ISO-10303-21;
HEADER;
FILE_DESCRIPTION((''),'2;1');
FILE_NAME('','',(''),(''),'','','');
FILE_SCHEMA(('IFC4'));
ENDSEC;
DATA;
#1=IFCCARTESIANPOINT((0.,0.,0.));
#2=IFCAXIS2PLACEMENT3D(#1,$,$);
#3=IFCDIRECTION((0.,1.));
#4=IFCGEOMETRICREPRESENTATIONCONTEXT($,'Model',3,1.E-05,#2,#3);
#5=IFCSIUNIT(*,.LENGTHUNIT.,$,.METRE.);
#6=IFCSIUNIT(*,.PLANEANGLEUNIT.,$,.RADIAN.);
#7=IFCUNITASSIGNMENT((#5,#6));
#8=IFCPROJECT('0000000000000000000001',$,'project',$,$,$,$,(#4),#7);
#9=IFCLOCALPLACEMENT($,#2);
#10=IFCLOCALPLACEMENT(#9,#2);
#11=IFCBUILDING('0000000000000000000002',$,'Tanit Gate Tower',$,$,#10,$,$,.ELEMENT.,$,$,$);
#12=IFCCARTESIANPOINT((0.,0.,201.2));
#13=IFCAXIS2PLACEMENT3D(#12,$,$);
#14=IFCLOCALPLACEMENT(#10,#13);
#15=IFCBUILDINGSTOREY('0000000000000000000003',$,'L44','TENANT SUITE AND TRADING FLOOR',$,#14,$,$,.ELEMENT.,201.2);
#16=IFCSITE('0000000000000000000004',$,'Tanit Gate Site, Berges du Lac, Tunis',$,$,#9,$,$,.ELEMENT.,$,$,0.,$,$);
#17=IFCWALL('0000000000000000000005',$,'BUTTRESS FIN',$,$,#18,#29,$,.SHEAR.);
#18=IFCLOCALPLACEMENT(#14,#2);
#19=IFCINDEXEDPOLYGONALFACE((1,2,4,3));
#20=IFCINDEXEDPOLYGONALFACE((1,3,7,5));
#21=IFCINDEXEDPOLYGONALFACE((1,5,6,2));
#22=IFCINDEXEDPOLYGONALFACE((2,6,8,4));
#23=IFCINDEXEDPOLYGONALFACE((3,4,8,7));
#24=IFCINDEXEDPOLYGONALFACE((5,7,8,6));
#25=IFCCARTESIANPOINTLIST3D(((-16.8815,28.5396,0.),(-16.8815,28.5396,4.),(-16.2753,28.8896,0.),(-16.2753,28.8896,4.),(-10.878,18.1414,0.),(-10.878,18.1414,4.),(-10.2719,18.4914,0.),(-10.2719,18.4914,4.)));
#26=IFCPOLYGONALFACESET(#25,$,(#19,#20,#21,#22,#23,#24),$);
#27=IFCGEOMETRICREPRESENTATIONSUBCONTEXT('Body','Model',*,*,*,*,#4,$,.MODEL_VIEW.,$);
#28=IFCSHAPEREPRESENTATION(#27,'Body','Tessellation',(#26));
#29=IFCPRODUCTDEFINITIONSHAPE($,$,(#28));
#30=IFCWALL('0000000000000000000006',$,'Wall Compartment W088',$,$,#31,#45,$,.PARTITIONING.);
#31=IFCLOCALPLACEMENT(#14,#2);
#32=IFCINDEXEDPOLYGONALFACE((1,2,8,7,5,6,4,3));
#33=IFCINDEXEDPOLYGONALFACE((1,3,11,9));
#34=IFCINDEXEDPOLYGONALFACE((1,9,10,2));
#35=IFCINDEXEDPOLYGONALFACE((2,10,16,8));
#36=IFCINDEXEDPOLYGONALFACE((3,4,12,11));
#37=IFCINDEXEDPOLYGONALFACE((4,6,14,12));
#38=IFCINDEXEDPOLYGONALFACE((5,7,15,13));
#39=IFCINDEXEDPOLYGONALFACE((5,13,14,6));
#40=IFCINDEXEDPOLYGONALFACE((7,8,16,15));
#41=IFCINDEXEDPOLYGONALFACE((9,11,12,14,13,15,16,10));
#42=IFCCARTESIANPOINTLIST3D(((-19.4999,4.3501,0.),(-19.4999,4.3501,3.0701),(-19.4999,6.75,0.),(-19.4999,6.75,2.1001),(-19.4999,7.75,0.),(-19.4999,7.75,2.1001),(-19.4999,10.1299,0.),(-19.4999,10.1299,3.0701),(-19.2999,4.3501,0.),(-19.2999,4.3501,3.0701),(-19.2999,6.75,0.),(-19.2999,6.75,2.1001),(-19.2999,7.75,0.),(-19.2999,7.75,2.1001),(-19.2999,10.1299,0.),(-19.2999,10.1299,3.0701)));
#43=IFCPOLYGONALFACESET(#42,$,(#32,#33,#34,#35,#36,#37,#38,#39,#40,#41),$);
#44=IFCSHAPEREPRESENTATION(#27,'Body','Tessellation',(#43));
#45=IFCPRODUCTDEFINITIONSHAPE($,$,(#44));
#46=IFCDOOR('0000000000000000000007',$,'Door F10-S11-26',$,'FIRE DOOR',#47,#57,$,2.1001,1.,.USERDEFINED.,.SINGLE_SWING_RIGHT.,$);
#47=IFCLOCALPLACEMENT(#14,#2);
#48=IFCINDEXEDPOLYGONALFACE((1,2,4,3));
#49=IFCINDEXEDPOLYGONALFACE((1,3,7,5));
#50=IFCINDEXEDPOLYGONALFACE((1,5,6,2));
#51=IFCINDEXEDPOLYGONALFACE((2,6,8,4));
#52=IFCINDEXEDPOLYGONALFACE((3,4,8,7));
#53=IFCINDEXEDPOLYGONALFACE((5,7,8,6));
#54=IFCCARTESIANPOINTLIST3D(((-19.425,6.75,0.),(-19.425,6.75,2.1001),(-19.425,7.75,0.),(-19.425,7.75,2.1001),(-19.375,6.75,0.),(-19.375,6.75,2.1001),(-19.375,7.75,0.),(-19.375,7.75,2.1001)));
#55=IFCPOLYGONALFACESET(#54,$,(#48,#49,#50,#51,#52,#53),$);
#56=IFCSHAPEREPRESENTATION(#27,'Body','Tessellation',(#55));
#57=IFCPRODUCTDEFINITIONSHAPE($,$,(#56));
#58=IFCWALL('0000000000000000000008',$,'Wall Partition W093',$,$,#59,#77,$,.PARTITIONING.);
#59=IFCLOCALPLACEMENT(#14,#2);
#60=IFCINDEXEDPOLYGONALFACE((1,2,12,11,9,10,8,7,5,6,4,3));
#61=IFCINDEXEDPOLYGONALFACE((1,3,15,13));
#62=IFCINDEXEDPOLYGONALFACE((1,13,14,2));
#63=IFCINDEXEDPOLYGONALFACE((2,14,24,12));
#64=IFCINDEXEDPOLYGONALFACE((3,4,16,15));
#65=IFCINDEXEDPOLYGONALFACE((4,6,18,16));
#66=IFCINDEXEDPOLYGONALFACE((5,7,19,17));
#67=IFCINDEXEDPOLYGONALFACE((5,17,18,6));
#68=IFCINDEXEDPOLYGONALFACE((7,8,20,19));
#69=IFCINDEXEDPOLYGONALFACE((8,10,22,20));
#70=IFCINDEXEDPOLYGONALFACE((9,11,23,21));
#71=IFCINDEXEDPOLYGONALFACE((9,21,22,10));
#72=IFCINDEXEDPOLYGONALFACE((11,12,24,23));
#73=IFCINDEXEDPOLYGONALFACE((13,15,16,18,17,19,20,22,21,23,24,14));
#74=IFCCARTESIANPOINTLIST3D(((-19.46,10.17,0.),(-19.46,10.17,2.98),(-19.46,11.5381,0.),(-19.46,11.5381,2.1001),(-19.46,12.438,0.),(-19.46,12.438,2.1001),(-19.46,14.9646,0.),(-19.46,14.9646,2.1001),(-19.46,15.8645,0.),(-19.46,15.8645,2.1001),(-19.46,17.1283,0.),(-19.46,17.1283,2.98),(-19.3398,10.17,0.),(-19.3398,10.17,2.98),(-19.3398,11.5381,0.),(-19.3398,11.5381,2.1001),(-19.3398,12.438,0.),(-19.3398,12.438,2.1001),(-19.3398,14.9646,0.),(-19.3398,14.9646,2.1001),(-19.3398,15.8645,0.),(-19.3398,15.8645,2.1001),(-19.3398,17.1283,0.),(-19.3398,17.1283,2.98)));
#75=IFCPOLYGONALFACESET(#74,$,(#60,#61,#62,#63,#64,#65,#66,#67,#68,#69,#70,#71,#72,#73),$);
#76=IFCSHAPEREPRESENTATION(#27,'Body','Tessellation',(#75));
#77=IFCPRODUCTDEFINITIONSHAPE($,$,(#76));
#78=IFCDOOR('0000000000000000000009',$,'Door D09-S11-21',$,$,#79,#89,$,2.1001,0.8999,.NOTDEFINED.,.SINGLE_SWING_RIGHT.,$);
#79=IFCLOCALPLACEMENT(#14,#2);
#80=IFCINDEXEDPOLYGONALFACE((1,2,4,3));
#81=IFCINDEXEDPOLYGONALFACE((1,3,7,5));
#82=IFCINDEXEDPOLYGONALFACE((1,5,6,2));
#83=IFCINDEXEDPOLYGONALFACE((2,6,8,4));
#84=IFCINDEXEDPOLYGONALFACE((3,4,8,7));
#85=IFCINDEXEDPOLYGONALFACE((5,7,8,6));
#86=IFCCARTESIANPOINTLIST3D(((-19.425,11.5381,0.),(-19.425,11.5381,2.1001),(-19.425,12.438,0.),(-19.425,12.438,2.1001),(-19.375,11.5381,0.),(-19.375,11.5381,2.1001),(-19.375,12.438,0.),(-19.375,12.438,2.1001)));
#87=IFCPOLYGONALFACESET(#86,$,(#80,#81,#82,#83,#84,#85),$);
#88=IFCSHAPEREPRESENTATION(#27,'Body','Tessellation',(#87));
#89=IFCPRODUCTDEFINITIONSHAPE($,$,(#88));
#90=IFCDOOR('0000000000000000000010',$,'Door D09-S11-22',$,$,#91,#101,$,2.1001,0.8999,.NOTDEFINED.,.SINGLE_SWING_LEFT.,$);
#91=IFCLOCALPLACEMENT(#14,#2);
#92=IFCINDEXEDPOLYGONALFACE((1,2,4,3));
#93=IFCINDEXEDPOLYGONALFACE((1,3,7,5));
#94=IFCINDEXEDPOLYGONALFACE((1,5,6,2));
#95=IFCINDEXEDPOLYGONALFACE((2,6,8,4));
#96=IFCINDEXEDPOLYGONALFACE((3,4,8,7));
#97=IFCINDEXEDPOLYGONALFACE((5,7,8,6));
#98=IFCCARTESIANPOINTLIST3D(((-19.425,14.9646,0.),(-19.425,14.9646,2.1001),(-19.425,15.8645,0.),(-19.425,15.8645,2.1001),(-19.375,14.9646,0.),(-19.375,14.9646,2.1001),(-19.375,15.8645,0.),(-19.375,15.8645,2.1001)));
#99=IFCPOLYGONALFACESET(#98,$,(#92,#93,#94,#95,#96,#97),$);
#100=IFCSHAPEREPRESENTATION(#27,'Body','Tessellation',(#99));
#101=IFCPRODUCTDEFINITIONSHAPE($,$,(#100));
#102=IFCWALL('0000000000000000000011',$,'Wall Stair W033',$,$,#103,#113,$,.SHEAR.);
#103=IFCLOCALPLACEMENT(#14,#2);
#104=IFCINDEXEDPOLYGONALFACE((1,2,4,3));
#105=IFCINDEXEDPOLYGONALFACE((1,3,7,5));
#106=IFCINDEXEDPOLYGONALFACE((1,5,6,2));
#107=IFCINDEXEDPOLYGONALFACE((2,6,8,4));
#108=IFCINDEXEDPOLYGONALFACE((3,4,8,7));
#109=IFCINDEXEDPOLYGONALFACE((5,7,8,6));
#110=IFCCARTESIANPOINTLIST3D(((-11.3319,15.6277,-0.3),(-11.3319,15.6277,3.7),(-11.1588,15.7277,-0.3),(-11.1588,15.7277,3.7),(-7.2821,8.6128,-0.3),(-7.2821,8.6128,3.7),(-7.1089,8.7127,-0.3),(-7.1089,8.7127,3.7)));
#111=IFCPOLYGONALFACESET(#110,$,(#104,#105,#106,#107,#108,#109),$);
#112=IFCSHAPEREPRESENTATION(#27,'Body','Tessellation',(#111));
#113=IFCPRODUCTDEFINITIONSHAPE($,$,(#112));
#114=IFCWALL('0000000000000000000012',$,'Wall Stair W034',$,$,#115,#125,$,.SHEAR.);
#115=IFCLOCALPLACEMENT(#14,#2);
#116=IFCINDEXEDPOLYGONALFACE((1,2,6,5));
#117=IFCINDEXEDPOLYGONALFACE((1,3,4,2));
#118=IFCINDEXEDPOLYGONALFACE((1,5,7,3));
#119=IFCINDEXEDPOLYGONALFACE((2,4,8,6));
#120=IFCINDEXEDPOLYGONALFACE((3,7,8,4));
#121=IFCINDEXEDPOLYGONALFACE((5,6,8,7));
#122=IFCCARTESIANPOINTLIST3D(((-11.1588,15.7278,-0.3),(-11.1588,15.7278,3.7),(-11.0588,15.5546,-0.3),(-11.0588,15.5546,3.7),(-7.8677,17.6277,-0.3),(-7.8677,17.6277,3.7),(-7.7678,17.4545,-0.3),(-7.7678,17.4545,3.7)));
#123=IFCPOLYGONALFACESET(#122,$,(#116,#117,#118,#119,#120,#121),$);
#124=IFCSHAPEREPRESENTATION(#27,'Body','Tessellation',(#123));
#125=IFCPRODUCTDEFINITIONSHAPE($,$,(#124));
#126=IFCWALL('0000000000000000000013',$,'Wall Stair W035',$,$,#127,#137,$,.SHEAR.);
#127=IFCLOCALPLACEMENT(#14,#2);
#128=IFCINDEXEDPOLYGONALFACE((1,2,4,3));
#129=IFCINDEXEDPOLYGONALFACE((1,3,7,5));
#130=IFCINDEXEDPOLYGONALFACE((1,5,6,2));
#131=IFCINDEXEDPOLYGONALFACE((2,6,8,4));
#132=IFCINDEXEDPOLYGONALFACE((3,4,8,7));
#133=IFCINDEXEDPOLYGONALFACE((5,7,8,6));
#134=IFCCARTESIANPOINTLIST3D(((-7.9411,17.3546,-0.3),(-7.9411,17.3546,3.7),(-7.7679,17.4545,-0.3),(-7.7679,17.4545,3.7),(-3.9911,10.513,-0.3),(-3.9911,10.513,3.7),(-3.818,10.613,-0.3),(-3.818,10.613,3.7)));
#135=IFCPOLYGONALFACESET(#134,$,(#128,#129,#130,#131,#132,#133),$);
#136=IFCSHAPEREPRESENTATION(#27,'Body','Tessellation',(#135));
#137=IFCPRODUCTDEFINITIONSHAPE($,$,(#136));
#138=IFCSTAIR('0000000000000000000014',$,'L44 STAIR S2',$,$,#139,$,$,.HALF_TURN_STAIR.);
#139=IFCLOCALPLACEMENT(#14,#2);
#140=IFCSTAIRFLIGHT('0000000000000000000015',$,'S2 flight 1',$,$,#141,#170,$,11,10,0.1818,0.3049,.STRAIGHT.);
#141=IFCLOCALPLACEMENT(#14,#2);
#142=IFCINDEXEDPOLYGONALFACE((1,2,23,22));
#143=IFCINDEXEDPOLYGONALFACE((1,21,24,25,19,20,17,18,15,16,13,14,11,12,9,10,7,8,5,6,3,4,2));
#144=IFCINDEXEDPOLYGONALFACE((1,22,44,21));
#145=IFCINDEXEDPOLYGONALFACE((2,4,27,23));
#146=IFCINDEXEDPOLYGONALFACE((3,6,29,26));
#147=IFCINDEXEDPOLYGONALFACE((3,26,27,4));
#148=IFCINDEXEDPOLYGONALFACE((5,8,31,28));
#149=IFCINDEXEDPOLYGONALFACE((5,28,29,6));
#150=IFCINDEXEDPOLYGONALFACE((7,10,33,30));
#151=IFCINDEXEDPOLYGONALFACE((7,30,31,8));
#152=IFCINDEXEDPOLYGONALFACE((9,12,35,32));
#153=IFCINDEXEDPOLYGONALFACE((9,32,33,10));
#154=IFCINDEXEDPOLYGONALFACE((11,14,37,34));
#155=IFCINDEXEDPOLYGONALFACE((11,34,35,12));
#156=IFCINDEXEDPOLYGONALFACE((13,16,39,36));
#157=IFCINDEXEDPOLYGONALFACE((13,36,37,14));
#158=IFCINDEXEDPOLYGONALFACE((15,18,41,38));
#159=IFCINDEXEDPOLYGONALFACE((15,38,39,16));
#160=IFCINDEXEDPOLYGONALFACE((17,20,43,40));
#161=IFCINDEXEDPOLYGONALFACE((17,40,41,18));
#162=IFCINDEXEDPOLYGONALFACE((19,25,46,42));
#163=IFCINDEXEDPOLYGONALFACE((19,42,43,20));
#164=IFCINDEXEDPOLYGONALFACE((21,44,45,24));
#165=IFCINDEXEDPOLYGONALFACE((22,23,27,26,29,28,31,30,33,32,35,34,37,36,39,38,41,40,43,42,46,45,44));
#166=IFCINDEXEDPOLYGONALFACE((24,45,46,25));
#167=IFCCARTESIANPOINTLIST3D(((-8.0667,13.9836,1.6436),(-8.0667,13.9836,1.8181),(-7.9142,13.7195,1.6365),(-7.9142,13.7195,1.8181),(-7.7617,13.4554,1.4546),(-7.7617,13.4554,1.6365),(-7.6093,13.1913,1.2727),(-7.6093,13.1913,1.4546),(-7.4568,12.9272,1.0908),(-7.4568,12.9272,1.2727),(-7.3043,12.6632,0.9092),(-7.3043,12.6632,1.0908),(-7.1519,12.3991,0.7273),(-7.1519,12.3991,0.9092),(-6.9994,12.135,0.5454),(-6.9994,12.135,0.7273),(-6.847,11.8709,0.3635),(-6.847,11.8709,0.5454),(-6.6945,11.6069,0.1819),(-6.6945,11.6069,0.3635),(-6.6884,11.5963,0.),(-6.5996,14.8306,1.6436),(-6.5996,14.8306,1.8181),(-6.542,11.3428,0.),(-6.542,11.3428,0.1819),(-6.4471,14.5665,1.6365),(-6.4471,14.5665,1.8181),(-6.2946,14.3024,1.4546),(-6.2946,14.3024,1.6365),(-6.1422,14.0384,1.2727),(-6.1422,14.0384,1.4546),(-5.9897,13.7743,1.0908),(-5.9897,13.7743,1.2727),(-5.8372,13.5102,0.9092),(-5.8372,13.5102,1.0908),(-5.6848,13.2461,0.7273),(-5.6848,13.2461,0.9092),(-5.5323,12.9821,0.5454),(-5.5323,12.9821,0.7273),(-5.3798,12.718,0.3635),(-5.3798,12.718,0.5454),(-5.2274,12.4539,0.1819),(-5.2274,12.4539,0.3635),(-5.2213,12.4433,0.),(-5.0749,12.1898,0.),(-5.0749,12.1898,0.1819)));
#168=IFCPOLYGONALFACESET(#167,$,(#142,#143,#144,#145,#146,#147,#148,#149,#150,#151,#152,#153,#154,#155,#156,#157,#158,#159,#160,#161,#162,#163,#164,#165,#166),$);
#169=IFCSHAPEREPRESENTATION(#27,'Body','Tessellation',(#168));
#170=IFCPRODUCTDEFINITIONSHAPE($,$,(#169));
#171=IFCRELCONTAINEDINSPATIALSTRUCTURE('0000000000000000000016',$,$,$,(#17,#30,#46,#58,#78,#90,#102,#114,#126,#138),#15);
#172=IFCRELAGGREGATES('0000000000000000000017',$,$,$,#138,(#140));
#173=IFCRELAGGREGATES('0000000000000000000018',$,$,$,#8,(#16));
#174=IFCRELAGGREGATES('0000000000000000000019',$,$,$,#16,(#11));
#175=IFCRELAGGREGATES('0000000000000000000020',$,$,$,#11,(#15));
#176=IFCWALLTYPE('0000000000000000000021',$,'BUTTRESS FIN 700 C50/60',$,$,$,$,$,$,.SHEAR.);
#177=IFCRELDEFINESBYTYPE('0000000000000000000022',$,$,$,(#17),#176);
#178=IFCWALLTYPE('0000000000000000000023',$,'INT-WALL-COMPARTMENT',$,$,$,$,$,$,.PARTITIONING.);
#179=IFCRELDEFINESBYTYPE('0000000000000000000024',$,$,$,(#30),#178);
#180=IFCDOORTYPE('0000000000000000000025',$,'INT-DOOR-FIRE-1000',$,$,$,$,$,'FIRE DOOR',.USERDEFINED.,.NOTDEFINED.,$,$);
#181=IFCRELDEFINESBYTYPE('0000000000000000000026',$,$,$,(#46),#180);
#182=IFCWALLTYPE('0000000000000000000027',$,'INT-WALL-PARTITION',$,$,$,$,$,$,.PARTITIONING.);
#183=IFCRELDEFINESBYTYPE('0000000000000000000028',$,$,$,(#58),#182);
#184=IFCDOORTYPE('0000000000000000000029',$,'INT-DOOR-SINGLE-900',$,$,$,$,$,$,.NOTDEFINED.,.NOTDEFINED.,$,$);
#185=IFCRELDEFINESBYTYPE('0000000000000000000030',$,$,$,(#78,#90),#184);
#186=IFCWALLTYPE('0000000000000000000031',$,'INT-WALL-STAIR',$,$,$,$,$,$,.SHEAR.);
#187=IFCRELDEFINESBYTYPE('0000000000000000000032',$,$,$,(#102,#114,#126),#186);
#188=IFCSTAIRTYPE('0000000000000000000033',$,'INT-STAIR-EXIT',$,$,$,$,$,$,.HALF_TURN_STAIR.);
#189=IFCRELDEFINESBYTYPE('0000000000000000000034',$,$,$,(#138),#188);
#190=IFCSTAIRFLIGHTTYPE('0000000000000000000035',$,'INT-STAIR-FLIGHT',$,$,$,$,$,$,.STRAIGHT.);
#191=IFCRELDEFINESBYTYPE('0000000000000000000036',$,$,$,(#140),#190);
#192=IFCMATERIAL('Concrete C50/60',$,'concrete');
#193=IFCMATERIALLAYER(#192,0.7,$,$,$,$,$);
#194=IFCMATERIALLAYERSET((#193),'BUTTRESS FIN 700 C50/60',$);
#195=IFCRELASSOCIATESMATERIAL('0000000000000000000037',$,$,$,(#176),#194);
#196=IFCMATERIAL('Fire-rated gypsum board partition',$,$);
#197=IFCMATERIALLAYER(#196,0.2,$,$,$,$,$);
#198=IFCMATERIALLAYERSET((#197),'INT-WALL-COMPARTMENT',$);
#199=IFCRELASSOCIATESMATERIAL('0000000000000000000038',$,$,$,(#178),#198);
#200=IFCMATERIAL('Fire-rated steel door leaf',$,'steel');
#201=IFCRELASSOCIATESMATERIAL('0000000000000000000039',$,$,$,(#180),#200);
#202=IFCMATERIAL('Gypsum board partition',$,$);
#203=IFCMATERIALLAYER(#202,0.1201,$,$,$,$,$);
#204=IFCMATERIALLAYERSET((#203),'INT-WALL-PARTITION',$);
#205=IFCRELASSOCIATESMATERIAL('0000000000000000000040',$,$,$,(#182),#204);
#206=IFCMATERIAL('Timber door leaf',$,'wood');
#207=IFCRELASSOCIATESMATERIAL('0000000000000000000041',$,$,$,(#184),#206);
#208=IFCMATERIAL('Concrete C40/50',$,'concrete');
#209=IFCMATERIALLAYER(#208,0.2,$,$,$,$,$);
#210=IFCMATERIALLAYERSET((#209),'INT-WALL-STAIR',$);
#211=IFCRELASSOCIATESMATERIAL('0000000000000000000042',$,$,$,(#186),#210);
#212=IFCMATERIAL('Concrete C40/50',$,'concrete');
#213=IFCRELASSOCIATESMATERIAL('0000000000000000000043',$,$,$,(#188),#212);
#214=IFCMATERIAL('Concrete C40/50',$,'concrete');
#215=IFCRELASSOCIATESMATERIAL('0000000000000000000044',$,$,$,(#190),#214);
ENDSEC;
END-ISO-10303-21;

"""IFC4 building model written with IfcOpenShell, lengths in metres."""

from ifc_helpers import new_model, si_unit, direction, frame, frame_2d, origin, place, context, subcontext, project, spatial, polyline, rectangle, outline, extrude, material, layer, layer_set, type_object, element, fill, aggregate, save


model = new_model("IFC4")

# Units and contexts
model_context = context("Model", 3, precision=1e-05, world=origin(), true_north=direction((0.0, 1.0)))
body_context = subcontext(model_context, "Body", "Model", "MODEL_VIEW")
ifc_project = project(units=[si_unit("LENGTHUNIT", "METRE"), si_unit("PLANEANGLEUNIT", "RADIAN")], contexts=[model_context])

# Site, building, storey
site_placement = place(None, origin())
site = spatial("IfcSite", under=ifc_project, at=site_placement, Name="Tanit Gate Site, Berges du Lac, Tunis", CompositionType="ELEMENT", RefElevation=0.0)
building_placement = place(site_placement, origin())
building = spatial("IfcBuilding", under=site, at=building_placement, Name="Tanit Gate Tower", CompositionType="ELEMENT")
storey_placement = place(building_placement, frame((0.0, 0.0, 201.2)))
storey = spatial("IfcBuildingStorey", under=building, at=storey_placement, Name="L44", Description="TENANT SUITE AND TRADING FLOOR", CompositionType="ELEMENT", Elevation=201.2)

# Wall
ifc_material_1 = material(Name="Concrete C50/60", Category="concrete")
ifc_layer_1 = layer(ifc_material_1, 0.7)
ifc_layer_set_1 = layer_set([ifc_layer_1], Name="BUTTRESS FIN 700 C50/60")
wall_type_1 = type_object("IfcWallType", Name="BUTTRESS FIN 700 C50/60", PredefinedType="SHEAR", material=ifc_layer_set_1)
wall_1_placement = place(storey_placement, frame((-10.575, 18.3164, 0.0), z_axis=(0.0, 0.0, 1.0), x_axis=(-0.500001, 0.866025, 0.0)))
element("IfcWall", 1, at=wall_1_placement, inside=storey, type_object=wall_type_1, Name="BUTTRESS FIN", PredefinedType="SHEAR", context=body_context, shape_type="SweptSolid", body=[
    extrude(rectangle(XDim=12.0068, YDim=0.7, at=frame_2d((6.0034, 0.0))), origin(), (0.0, 0.0, 1.0), 4.0),
])

# Wall, opening, door
ifc_material_2 = material(Name="Fire-rated gypsum board partition")
ifc_layer_2 = layer(ifc_material_2, 0.2)
ifc_layer_set_2 = layer_set([ifc_layer_2], Name="INT-WALL-COMPARTMENT")
wall_type_2 = type_object("IfcWallType", Name="INT-WALL-COMPARTMENT", PredefinedType="PARTITIONING", material=ifc_layer_set_2)
wall_2_placement = place(storey_placement, frame((-19.3999, 10.1299, 0.0), z_axis=(0.0, 0.0, 1.0), x_axis=(0.0, -1.0, 0.0)))
wall_2 = element("IfcWall", 2, at=wall_2_placement, inside=storey, type_object=wall_type_2, Name="Wall Compartment W088", PredefinedType="PARTITIONING", context=body_context, shape_type="SweptSolid", body=[
    extrude(rectangle(XDim=5.7798, YDim=0.2, at=frame_2d((2.8899, 0.0))), origin(), (0.0, 0.0, 1.0), 3.0701),
])
opening_1_placement = place(wall_2_placement, frame((2.3799, 0.0, 0.0)))
opening_1 = element("IfcOpeningElement", 3, at=opening_1_placement, cuts=wall_2, PredefinedType="OPENING", context=body_context, shape_type="SweptSolid", body=[
    extrude(rectangle(XDim=1.0, YDim=2.1001, at=frame_2d((0.5, 1.05))), frame((0.0, 0.1099, 0.0), z_axis=(0.0, -1.0, 0.0), x_axis=(1.0, 0.0, 0.0)), (0.0, 0.0, 1.0), 0.22),
])
ifc_material_3 = material(Name="Fire-rated steel door leaf", Category="steel")
door_type_1 = type_object("IfcDoorType", Name="INT-DOOR-FIRE-1000", ElementType="FIRE DOOR", OperationType="NOTDEFINED", PredefinedType="USERDEFINED", material=ifc_material_3)
door_1_placement = place(opening_1_placement, origin())
door_1 = element("IfcDoor", 4, at=door_1_placement, inside=storey, type_object=door_type_1, Name="Door F10-S11-26", ObjectType="FIRE DOOR", OperationType="SINGLE_SWING_RIGHT", OverallHeight=2.1001, OverallWidth=1.0, PredefinedType="USERDEFINED", context=body_context, shape_type="SweptSolid", body=[
    extrude(rectangle(XDim=1.0, YDim=2.1001, at=frame_2d((0.5, 1.05))), frame((0.0, 0.0249, 0.0), z_axis=(0.0, -1.0, 0.0), x_axis=(1.0, 0.0, 0.0)), (0.0, 0.0, 1.0), 0.05),
])
fill(opening_1, door_1)

# Wall, openings, doors
ifc_material_4 = material(Name="Gypsum board partition")
ifc_layer_3 = layer(ifc_material_4, 0.1201)
ifc_layer_set_3 = layer_set([ifc_layer_3], Name="INT-WALL-PARTITION")
wall_type_3 = type_object("IfcWallType", Name="INT-WALL-PARTITION", PredefinedType="PARTITIONING", material=ifc_layer_set_3)
wall_3_placement = place(storey_placement, frame((-19.3999, 17.1282, 0.0), z_axis=(0.0, 0.0, 1.0), x_axis=(0.0, -1.0, 0.0)))
wall_3 = element("IfcWall", 5, at=wall_3_placement, inside=storey, type_object=wall_type_3, Name="Wall Partition W093", PredefinedType="PARTITIONING", context=body_context, shape_type="SweptSolid", body=[
    extrude(rectangle(XDim=6.9583, YDim=0.1201, at=frame_2d((3.479, 0.0))), origin(), (0.0, 0.0, 1.0), 2.98),
])
opening_2_placement = place(wall_3_placement, frame((4.6902, 0.0, 0.0)))
opening_2 = element("IfcOpeningElement", 6, at=opening_2_placement, cuts=wall_3, PredefinedType="OPENING", context=body_context, shape_type="SweptSolid", body=[
    extrude(rectangle(XDim=0.8999, YDim=2.1001, at=frame_2d((0.45, 1.05))), frame((0.0, 0.0701, 0.0), z_axis=(0.0, -1.0, 0.0), x_axis=(1.0, 0.0, 0.0)), (0.0, 0.0, 1.0), 0.1401),
])
opening_3_placement = place(wall_3_placement, frame((1.2637, 0.0, 0.0)))
opening_3 = element("IfcOpeningElement", 7, at=opening_3_placement, cuts=wall_3, PredefinedType="OPENING", context=body_context, shape_type="SweptSolid", body=[
    extrude(rectangle(XDim=0.8999, YDim=2.1001, at=frame_2d((0.45, 1.05))), frame((0.0, 0.0701, 0.0), z_axis=(0.0, -1.0, 0.0), x_axis=(1.0, 0.0, 0.0)), (0.0, 0.0, 1.0), 0.1401),
])
ifc_material_5 = material(Name="Timber door leaf", Category="wood")
door_type_2 = type_object("IfcDoorType", Name="INT-DOOR-SINGLE-900", OperationType="NOTDEFINED", PredefinedType="NOTDEFINED", material=ifc_material_5)
door_2_placement = place(opening_2_placement, origin())
door_2 = element("IfcDoor", 8, at=door_2_placement, inside=storey, type_object=door_type_2, Name="Door D09-S11-21", OperationType="SINGLE_SWING_RIGHT", OverallHeight=2.1001, OverallWidth=0.8999, PredefinedType="NOTDEFINED", context=body_context, shape_type="SweptSolid", body=[
    extrude(rectangle(XDim=0.8999, YDim=2.1001, at=frame_2d((0.45, 1.05))), frame((0.0, 0.0249, 0.0), z_axis=(0.0, -1.0, 0.0), x_axis=(1.0, 0.0, 0.0)), (0.0, 0.0, 1.0), 0.05),
])
fill(opening_2, door_2)
door_3_placement = place(opening_3_placement, origin())
door_3 = element("IfcDoor", 9, at=door_3_placement, inside=storey, type_object=door_type_2, Name="Door D09-S11-22", OperationType="SINGLE_SWING_LEFT", OverallHeight=2.1001, OverallWidth=0.8999, PredefinedType="NOTDEFINED", context=body_context, shape_type="SweptSolid", body=[
    extrude(rectangle(XDim=0.8999, YDim=2.1001, at=frame_2d((0.45, 1.05))), frame((0.0, 0.0249, 0.0), z_axis=(0.0, -1.0, 0.0), x_axis=(1.0, 0.0, 0.0)), (0.0, 0.0, 1.0), 0.05),
])
fill(opening_3, door_3)

# Walls
ifc_material_6 = material(Name="Concrete C40/50", Category="concrete")
ifc_layer_4 = layer(ifc_material_6, 0.2)
ifc_layer_set_4 = layer_set([ifc_layer_4], Name="INT-WALL-STAIR")
wall_type_4 = type_object("IfcWallType", Name="INT-WALL-STAIR", PredefinedType="SHEAR", material=ifc_layer_set_4)
wall_4_placement = place(storey_placement, frame((-11.2454, 15.6777, -0.3), z_axis=(0.0, 0.0, 1.0), x_axis=(0.499977, -0.866039, 0.0)))
element("IfcWall", 10, at=wall_4_placement, inside=storey, type_object=wall_type_4, Name="Wall Stair W033", PredefinedType="SHEAR", context=body_context, shape_type="SweptSolid", body=[
    extrude(rectangle(XDim=8.1001, YDim=0.2, at=frame_2d((4.05, 0.0))), origin(), (0.0, 0.0, 1.0), 4.0),
])
wall_5_placement = place(storey_placement, frame((-7.8179, 17.541, -0.3), z_axis=(0.0, 0.0, 1.0), x_axis=(-0.866044, -0.499967, 0.0)))
element("IfcWall", 11, at=wall_5_placement, inside=storey, type_object=wall_type_4, Name="Wall Stair W034", PredefinedType="SHEAR", context=body_context, shape_type="SweptSolid", body=[
    extrude(rectangle(XDim=3.8, YDim=0.2, at=frame_2d((1.8999, 0.0))), origin(), (0.0, 0.0, 1.0), 4.0),
])
wall_6_placement = place(storey_placement, frame((-7.8545, 17.4045, -0.3), z_axis=(0.0, 0.0, 1.0), x_axis=(0.499998, -0.866027, 0.0)))
element("IfcWall", 12, at=wall_6_placement, inside=storey, type_object=wall_type_4, Name="Wall Stair W035", PredefinedType="SHEAR", context=body_context, shape_type="SweptSolid", body=[
    extrude(rectangle(XDim=7.8999, YDim=0.2, at=frame_2d((3.95, 0.0))), origin(), (0.0, 0.0, 1.0), 4.0),
])

# Stair, stair flight
ifc_material_7 = material(Name="Concrete C40/50", Category="concrete")
stair_type = type_object("IfcStairType", Name="INT-STAIR-EXIT", PredefinedType="HALF_TURN_STAIR", material=ifc_material_7)
stair_placement = place(storey_placement, origin())
stair = element("IfcStair", 13, at=stair_placement, inside=storey, type_object=stair_type, Name="L44 STAIR S2", PredefinedType="HALF_TURN_STAIR")
ifc_material_8 = material(Name="Concrete C40/50", Category="concrete")
stair_flight_type = type_object("IfcStairFlightType", Name="INT-STAIR-FLIGHT", PredefinedType="STRAIGHT", material=ifc_material_8)
stair_flight_1_placement = place(storey_placement, frame((-5.8083, 11.7664, 0.0), z_axis=(0.0, 0.0, 1.0), x_axis=(-0.5, 0.866025, 0.0)))
stair_flight_1 = element("IfcStairFlight", 14, at=stair_flight_1_placement, type_object=stair_flight_type, Name="S2 flight 1", NumberOfRisers=11, NumberOfTreads=10, PredefinedType="STRAIGHT", RiserHeight=0.1818, TreadLength=0.3049, context=body_context, shape_type="SweptSolid", body=[
    extrude(outline(polyline([(0.0, 0.0), (0.0, 0.1819), (0.3049, 0.1819), (0.3049, 0.3635), (0.6099, 0.3635), (0.6099, 0.5454), (0.9148, 0.5454), (0.9148, 0.7273), (1.2197, 0.7273), (1.2197, 0.9092), (1.5247, 0.9092), (1.5247, 1.0908), (1.8296, 1.0908), (1.8296, 1.2727), (2.1345, 1.2727), (2.1345, 1.4546), (2.4395, 1.4546), (2.4395, 1.6365), (2.7444, 1.6365), (2.7444, 1.8181), (3.0493, 1.8181), (3.0493, 2.0), (3.0493, 1.6436), (0.2927, 0.0), (0.0, 0.0)])), frame((0.0, 0.8472, 0.0), z_axis=(0.0, -1.0, 0.0), x_axis=(1.0, 0.0, 0.0)), (0.0, 0.0, 1.0), 1.6941),
])
aggregate(stair, [stair_flight_1])

save(model, "model.ifc")
